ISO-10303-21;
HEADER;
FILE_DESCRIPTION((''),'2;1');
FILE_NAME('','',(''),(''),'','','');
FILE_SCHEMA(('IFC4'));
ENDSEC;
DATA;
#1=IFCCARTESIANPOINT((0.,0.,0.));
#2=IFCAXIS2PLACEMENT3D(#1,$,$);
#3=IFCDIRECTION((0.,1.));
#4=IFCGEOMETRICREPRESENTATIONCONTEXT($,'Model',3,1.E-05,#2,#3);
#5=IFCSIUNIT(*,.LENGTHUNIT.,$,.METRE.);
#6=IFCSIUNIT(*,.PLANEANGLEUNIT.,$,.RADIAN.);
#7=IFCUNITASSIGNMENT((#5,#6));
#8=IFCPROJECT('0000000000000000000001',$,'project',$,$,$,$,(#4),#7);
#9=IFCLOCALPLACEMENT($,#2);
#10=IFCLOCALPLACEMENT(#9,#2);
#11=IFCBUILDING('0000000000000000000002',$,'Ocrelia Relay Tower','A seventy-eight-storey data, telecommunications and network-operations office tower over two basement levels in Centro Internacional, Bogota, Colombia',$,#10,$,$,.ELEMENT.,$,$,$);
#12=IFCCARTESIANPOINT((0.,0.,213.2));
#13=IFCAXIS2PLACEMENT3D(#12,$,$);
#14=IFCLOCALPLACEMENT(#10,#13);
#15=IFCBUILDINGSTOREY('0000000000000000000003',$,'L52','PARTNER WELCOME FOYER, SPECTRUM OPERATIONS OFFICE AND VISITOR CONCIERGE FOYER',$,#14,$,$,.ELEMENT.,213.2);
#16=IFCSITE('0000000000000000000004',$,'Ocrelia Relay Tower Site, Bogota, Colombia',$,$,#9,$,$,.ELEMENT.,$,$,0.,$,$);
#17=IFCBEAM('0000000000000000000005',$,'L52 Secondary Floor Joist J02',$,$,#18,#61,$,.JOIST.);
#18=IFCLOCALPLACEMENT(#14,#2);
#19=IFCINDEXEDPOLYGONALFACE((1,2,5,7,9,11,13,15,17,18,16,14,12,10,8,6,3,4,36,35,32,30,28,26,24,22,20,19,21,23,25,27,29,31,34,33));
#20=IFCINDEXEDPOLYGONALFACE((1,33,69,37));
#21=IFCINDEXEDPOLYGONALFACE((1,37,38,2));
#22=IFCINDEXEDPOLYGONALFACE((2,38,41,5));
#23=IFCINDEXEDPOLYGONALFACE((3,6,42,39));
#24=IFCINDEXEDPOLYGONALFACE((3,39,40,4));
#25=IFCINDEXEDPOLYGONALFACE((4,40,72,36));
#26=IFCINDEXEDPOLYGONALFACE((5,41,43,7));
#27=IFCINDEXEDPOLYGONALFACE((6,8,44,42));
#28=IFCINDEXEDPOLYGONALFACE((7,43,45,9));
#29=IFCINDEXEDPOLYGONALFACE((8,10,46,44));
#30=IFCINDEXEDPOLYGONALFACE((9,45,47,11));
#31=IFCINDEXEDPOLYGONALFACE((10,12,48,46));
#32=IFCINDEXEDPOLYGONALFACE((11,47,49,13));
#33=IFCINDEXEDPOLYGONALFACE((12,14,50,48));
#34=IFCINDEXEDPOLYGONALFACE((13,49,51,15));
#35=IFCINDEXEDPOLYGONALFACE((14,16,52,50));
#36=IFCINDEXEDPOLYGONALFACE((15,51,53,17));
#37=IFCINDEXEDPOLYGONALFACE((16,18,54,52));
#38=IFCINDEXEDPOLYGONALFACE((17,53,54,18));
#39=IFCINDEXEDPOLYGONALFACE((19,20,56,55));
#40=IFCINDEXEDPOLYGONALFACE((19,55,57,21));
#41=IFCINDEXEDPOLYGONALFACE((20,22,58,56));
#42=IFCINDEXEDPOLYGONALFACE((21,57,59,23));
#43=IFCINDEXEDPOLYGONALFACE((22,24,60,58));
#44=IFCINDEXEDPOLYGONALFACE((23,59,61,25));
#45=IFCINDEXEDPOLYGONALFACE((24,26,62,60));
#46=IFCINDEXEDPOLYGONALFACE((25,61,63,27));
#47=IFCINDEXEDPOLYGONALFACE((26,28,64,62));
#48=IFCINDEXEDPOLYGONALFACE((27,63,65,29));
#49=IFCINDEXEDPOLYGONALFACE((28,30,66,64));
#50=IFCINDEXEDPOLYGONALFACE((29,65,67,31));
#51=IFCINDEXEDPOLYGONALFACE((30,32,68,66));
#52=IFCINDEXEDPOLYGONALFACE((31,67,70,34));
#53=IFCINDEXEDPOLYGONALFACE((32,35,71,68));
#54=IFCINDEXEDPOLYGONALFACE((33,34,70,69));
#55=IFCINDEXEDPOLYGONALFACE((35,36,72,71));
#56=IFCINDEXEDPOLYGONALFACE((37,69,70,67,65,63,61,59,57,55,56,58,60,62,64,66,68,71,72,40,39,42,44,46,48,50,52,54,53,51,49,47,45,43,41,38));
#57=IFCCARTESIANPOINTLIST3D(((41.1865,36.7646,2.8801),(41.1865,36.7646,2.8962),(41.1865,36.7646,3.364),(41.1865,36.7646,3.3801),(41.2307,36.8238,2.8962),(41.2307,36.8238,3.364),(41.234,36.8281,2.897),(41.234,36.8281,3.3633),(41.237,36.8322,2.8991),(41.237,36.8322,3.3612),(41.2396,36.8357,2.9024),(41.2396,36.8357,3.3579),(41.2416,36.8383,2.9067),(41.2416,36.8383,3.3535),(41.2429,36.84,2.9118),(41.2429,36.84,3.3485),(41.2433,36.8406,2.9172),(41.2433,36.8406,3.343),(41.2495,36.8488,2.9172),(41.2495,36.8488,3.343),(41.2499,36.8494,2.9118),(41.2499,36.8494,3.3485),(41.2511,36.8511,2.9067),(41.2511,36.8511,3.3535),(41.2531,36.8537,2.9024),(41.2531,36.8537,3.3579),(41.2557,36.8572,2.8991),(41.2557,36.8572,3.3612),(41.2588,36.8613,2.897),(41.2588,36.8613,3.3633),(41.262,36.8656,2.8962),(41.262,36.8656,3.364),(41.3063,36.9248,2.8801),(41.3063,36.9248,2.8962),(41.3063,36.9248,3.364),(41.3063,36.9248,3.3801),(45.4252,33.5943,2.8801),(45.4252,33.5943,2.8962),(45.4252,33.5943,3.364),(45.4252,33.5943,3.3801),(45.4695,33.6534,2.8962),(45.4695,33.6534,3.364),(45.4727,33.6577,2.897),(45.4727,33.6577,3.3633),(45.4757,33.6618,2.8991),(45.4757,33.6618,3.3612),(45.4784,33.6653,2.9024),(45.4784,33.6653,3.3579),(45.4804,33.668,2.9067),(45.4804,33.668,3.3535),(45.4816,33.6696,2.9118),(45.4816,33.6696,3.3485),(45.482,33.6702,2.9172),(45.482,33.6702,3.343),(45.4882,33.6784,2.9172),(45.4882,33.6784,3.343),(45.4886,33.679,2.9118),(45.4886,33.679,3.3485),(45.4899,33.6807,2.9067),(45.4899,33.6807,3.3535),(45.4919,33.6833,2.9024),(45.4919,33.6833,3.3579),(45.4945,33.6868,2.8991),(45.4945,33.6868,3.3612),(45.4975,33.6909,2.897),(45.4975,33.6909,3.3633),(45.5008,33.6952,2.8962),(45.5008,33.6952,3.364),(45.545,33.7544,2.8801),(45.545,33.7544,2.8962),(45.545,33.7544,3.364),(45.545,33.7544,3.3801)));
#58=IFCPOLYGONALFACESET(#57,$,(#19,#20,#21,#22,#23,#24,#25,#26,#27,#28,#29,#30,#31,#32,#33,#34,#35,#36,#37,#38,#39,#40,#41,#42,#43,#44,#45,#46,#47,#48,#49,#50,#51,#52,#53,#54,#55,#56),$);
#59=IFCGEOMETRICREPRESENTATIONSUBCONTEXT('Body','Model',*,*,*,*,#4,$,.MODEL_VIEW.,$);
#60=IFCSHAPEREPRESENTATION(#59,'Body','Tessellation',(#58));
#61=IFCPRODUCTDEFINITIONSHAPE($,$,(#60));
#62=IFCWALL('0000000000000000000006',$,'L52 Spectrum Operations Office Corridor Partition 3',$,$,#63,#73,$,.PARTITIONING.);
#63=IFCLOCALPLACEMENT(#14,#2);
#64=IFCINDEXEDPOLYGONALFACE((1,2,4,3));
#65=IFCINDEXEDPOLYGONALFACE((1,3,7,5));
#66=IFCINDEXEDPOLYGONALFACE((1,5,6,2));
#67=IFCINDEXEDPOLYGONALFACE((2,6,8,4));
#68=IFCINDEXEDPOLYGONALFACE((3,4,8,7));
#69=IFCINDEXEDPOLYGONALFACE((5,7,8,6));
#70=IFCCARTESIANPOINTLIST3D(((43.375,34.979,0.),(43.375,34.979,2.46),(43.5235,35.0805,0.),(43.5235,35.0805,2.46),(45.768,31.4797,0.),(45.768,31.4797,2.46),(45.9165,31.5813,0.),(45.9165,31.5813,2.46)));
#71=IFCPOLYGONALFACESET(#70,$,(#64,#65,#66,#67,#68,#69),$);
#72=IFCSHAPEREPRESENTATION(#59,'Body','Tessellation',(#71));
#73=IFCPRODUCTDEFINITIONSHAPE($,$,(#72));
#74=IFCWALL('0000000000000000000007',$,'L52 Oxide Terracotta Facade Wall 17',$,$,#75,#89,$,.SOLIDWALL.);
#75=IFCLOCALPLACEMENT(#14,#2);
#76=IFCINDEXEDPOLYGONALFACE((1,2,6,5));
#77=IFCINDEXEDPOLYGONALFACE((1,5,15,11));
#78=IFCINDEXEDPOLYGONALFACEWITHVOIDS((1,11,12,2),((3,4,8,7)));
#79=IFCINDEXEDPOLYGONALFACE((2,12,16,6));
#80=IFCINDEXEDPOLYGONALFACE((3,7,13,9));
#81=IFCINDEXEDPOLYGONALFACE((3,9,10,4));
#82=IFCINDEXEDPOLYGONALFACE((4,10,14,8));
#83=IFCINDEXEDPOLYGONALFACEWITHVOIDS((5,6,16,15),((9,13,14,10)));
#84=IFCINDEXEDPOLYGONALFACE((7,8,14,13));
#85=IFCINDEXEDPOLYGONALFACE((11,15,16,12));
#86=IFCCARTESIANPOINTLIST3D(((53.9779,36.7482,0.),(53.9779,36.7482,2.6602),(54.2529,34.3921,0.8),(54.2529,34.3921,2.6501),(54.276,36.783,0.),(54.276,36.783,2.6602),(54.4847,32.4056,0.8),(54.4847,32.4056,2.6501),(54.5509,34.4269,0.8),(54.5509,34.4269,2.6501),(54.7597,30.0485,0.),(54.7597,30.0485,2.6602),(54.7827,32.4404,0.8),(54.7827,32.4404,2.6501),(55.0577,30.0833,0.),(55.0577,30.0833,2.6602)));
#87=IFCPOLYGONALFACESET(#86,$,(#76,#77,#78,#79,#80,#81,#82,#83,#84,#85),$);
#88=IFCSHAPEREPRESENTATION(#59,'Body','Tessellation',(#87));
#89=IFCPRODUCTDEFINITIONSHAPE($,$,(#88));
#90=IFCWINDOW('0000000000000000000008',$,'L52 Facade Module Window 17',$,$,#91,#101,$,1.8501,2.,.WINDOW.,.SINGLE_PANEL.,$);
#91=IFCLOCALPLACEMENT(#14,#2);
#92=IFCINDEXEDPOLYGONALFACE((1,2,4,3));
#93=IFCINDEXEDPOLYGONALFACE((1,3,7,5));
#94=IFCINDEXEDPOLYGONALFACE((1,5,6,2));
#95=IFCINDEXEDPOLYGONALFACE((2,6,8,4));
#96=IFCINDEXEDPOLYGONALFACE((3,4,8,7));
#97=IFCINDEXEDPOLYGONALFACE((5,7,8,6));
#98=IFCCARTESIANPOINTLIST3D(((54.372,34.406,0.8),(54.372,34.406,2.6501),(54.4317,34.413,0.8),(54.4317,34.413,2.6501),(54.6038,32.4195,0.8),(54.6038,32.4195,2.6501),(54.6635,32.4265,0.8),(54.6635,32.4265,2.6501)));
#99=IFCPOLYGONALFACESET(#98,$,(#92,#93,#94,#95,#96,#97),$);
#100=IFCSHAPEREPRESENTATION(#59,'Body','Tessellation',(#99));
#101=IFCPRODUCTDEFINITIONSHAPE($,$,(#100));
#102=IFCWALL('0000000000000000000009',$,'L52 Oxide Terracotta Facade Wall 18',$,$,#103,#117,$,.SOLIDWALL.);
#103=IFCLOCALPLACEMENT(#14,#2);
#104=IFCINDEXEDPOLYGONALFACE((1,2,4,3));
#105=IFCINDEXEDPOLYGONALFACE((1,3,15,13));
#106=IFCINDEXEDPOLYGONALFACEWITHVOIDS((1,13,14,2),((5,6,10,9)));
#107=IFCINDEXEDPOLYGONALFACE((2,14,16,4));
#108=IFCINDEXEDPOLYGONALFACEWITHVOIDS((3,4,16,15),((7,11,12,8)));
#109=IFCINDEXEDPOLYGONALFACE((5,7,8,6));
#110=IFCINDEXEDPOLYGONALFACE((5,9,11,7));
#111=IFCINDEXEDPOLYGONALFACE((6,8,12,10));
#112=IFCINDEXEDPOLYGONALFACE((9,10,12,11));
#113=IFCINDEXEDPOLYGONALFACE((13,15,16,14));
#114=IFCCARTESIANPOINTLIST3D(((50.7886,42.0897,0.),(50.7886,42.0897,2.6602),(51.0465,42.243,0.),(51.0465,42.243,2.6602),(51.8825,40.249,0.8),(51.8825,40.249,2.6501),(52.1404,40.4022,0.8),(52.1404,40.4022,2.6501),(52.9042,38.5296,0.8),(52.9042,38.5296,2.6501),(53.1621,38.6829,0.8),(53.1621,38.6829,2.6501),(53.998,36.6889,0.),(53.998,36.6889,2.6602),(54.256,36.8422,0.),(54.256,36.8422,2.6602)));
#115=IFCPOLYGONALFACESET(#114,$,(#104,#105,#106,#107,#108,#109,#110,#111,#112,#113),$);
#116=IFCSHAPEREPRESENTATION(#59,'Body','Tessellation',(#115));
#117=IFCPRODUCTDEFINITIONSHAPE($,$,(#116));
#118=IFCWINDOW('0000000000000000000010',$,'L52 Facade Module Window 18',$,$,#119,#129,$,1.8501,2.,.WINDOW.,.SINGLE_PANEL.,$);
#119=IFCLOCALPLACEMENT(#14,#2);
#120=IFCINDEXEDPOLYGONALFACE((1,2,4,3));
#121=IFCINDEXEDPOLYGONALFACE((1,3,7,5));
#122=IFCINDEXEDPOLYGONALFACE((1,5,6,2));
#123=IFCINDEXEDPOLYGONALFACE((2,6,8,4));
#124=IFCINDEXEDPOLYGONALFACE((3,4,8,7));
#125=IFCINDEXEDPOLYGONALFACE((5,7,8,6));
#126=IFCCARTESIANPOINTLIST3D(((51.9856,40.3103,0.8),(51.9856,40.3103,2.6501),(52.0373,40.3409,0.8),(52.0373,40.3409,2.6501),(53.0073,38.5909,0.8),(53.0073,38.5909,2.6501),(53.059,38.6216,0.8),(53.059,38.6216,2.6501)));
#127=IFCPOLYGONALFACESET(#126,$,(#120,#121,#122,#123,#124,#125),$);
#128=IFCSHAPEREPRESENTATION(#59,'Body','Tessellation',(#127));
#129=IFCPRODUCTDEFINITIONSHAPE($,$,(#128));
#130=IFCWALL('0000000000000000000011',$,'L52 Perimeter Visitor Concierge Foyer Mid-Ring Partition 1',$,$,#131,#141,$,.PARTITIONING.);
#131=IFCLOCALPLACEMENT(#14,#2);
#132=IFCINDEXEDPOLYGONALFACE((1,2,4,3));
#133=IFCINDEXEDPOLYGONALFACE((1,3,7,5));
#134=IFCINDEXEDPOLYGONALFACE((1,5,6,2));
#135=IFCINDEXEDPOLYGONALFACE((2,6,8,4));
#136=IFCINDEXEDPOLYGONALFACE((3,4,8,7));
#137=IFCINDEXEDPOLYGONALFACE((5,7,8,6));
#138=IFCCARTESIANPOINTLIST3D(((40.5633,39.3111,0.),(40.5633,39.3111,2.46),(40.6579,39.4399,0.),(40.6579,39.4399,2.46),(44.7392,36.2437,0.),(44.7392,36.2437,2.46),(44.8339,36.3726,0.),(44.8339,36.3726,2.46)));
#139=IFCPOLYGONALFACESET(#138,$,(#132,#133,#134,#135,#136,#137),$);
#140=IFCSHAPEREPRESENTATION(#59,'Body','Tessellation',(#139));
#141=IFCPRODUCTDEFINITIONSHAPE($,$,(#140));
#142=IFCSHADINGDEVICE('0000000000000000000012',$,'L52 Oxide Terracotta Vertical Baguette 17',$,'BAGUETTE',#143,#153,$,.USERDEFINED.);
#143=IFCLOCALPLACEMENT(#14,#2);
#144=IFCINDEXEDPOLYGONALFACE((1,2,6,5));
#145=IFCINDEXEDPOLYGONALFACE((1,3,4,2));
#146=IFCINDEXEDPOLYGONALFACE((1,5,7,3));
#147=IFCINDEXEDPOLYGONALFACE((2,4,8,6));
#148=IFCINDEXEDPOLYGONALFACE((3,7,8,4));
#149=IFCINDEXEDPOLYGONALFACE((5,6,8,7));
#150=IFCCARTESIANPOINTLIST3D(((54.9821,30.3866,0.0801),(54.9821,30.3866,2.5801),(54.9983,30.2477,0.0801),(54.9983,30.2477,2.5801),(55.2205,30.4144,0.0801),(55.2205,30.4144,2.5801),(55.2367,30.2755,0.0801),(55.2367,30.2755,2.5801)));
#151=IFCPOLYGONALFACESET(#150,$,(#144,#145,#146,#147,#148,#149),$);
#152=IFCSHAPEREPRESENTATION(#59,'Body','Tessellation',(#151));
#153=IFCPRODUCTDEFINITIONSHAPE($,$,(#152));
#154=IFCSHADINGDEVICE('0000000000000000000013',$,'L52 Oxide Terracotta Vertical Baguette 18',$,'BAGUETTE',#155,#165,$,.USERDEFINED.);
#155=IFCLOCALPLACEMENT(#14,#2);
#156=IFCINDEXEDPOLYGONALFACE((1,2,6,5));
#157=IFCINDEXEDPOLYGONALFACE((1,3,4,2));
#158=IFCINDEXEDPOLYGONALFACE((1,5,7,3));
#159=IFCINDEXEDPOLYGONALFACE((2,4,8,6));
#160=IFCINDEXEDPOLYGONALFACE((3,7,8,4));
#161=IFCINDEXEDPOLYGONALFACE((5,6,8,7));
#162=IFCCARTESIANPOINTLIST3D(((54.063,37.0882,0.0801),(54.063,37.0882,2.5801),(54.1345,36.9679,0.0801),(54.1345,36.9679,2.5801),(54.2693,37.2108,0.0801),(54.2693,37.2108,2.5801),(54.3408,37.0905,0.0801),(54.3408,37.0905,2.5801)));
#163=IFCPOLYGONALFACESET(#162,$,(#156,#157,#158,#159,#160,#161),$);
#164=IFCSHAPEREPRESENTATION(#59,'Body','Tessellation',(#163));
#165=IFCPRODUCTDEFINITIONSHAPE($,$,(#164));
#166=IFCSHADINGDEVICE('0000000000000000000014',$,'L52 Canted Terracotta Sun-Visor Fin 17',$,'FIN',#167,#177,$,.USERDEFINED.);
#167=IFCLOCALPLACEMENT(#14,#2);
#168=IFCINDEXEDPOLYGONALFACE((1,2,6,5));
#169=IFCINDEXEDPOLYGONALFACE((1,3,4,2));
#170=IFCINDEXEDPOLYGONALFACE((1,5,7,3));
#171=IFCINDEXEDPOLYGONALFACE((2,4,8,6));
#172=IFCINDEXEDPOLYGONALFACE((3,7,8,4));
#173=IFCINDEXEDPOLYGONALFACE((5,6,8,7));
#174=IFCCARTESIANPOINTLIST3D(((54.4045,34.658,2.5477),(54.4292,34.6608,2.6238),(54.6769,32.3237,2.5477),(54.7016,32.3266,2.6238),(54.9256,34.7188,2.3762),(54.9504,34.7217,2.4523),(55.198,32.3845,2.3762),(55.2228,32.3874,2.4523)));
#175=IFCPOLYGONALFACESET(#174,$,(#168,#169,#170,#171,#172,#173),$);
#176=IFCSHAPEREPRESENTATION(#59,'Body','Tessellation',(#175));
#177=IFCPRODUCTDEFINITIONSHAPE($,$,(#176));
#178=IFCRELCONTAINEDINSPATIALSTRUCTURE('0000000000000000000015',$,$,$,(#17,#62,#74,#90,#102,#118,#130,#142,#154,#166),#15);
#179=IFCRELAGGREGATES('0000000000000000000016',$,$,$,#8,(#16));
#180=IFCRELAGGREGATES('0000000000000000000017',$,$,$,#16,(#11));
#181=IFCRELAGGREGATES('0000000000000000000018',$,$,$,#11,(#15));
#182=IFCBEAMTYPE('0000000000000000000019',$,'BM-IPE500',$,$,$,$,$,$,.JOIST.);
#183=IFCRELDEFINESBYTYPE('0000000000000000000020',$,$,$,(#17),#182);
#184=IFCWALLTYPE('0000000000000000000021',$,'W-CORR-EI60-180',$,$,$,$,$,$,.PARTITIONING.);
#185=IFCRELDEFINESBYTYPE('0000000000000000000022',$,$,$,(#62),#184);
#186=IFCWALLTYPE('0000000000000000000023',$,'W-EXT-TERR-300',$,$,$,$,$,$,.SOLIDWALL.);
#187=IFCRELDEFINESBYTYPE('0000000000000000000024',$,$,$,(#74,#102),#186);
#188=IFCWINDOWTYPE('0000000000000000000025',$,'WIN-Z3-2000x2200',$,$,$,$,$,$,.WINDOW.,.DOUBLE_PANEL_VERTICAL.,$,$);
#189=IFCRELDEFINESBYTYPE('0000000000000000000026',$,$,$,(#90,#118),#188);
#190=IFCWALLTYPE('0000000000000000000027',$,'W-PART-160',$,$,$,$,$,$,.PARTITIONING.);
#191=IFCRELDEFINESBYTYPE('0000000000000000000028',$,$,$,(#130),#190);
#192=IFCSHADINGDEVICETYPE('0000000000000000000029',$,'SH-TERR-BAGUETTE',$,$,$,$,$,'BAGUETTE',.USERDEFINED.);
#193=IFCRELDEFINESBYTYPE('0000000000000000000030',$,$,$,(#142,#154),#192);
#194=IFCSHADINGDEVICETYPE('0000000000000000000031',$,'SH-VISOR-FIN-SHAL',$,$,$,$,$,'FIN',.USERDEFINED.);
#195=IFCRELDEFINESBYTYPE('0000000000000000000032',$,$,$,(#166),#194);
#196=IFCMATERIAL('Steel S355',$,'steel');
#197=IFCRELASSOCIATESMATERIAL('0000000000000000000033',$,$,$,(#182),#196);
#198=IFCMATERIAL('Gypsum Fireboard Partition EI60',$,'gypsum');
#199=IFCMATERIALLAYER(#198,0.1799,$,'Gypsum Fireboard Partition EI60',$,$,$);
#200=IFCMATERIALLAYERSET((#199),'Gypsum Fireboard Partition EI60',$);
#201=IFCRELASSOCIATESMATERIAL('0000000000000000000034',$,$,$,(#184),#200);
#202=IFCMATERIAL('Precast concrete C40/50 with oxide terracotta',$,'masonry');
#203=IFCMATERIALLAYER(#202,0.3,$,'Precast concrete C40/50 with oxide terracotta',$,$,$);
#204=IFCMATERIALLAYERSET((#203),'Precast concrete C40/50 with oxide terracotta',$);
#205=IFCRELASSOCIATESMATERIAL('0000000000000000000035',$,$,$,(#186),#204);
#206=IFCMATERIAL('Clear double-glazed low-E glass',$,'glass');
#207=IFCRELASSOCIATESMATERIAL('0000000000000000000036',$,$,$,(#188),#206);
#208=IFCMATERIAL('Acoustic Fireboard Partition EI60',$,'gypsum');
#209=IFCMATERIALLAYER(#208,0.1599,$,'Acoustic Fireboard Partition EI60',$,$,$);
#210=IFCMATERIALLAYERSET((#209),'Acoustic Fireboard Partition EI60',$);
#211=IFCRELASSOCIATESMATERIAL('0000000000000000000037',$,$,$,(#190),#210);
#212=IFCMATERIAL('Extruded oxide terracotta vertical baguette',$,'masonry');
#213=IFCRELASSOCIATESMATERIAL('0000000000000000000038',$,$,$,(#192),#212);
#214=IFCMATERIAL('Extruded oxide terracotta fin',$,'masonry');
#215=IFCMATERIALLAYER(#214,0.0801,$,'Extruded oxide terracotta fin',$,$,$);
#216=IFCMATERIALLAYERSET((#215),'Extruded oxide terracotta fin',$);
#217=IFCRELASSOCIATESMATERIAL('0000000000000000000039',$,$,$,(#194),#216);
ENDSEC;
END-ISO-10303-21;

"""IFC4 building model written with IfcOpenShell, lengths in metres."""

from ifc_helpers import new_model, si_unit, direction, frame, frame_2d, origin, origin_2d, place, context, subcontext, project, spatial, rectangle, i_section, extrude, material, layer, layer_set, material_profile, profile_set, type_object, element, fill, save


model = new_model("IFC4")

# Units and contexts
model_context = context("Model", 3, precision=1e-05, world=origin(), true_north=direction((0.0, 1.0)))
body_context = subcontext(model_context, "Body", "Model", "MODEL_VIEW")
ifc_project = project(units=[si_unit("LENGTHUNIT", "METRE"), si_unit("PLANEANGLEUNIT", "RADIAN")], contexts=[model_context])

# Site, building, storey
site_placement = place(None, origin())
site = spatial("IfcSite", under=ifc_project, at=site_placement, Name="Ocrelia Relay Tower Site, Bogota, Colombia", CompositionType="ELEMENT", RefElevation=0.0)
building_placement = place(site_placement, origin())
building = spatial("IfcBuilding", under=site, at=building_placement, Name="Ocrelia Relay Tower", Description="A seventy-eight-storey data, telecommunications and network-operations office tower over two basement levels in Centro Internacional, Bogota, Colombia", CompositionType="ELEMENT")
storey_placement = place(building_placement, frame((0.0, 0.0, 213.2)))
storey = spatial("IfcBuildingStorey", under=building, at=storey_placement, Name="L52", Description="PARTNER WELCOME FOYER, SPECTRUM OPERATIONS OFFICE AND VISITOR CONCIERGE FOYER", CompositionType="ELEMENT", Elevation=213.2)

# Beam
ifc_material_1 = material(Name="Steel S355", Category="steel")
ifc_material_profile_1 = material_profile(ifc_material_1, i_section(OverallWidth=0.2, OverallDepth=0.5, WebThickness=0.0103, FlangeThickness=0.0161, FilletRadius=0.021, at=origin_2d()), Name="IPE 500")
ifc_profile_set_1 = profile_set([ifc_material_profile_1], Name="Steel S355")
beam_type_1 = type_object("IfcBeamType", Name="BM-IPE500", PredefinedType="JOIST", material=ifc_profile_set_1)
beam_1_placement = place(storey_placement, frame((45.4851, 33.6743, 3.1301), z_axis=(-0.800785, 0.598952, 0.0), x_axis=(-0.598952, -0.800785, 0.0)))
element("IfcBeam", 1, at=beam_1_placement, inside=storey, type_object=beam_type_1, Name="L52 Secondary Floor Joist J02", PredefinedType="JOIST", context=body_context, shape_type="SweptSolid", body=[
    extrude(i_section(OverallWidth=0.2, OverallDepth=0.5, WebThickness=0.0103, FlangeThickness=0.0161, FilletRadius=0.021, at=origin_2d()), origin(), (0.0, 0.0, 1.0), 5.2932),
])

# Wall
ifc_material_2 = material(Name="Gypsum Fireboard Partition EI60", Category="gypsum")
ifc_layer_1 = layer(ifc_material_2, 0.1799, Name="Gypsum Fireboard Partition EI60")
ifc_layer_set_1 = layer_set([ifc_layer_1], Name="Gypsum Fireboard Partition EI60")
wall_type_1 = type_object("IfcWallType", Name="W-CORR-EI60-180", PredefinedType="PARTITIONING", material=ifc_layer_set_1)
wall_1_placement = place(storey_placement, frame((45.8423, 31.5305, 0.0), z_axis=(0.0, 0.0, 1.0), x_axis=(-0.564496, 0.825436, 0.0)))
element("IfcWall", 2, at=wall_1_placement, inside=storey, type_object=wall_type_1, Name="L52 Spectrum Operations Office Corridor Partition 3", PredefinedType="PARTITIONING", context=body_context, shape_type="SweptSolid", body=[
    extrude(rectangle(XDim=4.2393, YDim=0.1799, at=frame_2d((2.1196, 0.0))), origin(), (0.0, 0.0, 1.0), 2.46),
])

# Walls, openings, windows
ifc_material_3 = material(Name="Precast concrete C40/50 with oxide terracotta", Category="masonry")
ifc_layer_2 = layer(ifc_material_3, 0.3, Name="Precast concrete C40/50 with oxide terracotta")
ifc_layer_set_2 = layer_set([ifc_layer_2], Name="Precast concrete C40/50 with oxide terracotta")
wall_type_2 = type_object("IfcWallType", Name="W-EXT-TERR-300", PredefinedType="SOLIDWALL", material=ifc_layer_set_2)
wall_2_placement = place(storey_placement, frame((54.9087, 30.0659, 0.0), z_axis=(0.0, 0.0, 1.0), x_axis=(-0.115896, 0.993261, 0.0)))
wall_2 = element("IfcWall", 3, at=wall_2_placement, inside=storey, type_object=wall_type_2, Name="L52 Oxide Terracotta Facade Wall 17", PredefinedType="SOLIDWALL", context=body_context, shape_type="SweptSolid", body=[
    extrude(rectangle(XDim=6.7451, YDim=0.3, at=frame_2d((3.3726, 0.0))), origin(), (0.0, 0.0, 1.0), 2.6602),
])
opening_1_placement = place(wall_2_placement, frame((2.373, 0.0, 0.8)))
opening_1 = element("IfcOpeningElement", 4, at=opening_1_placement, cuts=wall_2, PredefinedType="OPENING", context=body_context, shape_type="SweptSolid", body=[
    extrude(rectangle(XDim=2.0, YDim=1.8501, at=frame_2d((1.0, 0.925))), frame((0.0, 0.1602, 0.0), z_axis=(0.0, -1.0, 0.0), x_axis=(1.0, 0.0, 0.0)), (0.0, 0.0, 1.0), 0.3201),
])
ifc_material_4 = material(Name="Clear double-glazed low-E glass", Category="glass")
window_type = type_object("IfcWindowType", Name="WIN-Z3-2000x2200", PartitioningType="DOUBLE_PANEL_VERTICAL", PredefinedType="WINDOW", material=ifc_material_4)
window_1_placement = place(opening_1_placement, origin())
window_1 = element("IfcWindow", 5, at=window_1_placement, inside=storey, type_object=window_type, Name="L52 Facade Module Window 17", OverallHeight=1.8501, OverallWidth=2.0, PartitioningType="SINGLE_PANEL", PredefinedType="WINDOW", context=body_context, shape_type="SweptSolid", body=[
    extrude(rectangle(XDim=2.0, YDim=1.8501, at=frame_2d((1.0, 0.925))), frame((0.0, 0.03, 0.0), z_axis=(0.0, -1.0, 0.0), x_axis=(1.0, 0.0, 0.0)), (0.0, 0.0, 1.0), 0.0601),
])
fill(opening_1, window_1)
wall_3_placement = place(storey_placement, frame((54.127, 36.7656, 0.0), z_axis=(0.0, 0.0, 1.0), x_axis=(-0.510857, 0.859666, 0.0)))
wall_3 = element("IfcWall", 6, at=wall_3_placement, inside=storey, type_object=wall_type_2, Name="L52 Oxide Terracotta Facade Wall 18", PredefinedType="SOLIDWALL", context=body_context, shape_type="SweptSolid", body=[
    extrude(rectangle(XDim=6.2825, YDim=0.3, at=frame_2d((3.1411, 0.0))), origin(), (0.0, 0.0, 1.0), 2.6602),
])
opening_2_placement = place(wall_3_placement, frame((2.1411, 0.0, 0.8)))
opening_2 = element("IfcOpeningElement", 7, at=opening_2_placement, cuts=wall_3, PredefinedType="OPENING", context=body_context, shape_type="SweptSolid", body=[
    extrude(rectangle(XDim=2.0, YDim=1.8501, at=frame_2d((1.0, 0.925))), frame((0.0, 0.1602, 0.0), z_axis=(0.0, -1.0, 0.0), x_axis=(1.0, 0.0, 0.0)), (0.0, 0.0, 1.0), 0.3201),
])
window_2_placement = place(opening_2_placement, origin())
window_2 = element("IfcWindow", 8, at=window_2_placement, inside=storey, type_object=window_type, Name="L52 Facade Module Window 18", OverallHeight=1.8501, OverallWidth=2.0, PartitioningType="SINGLE_PANEL", PredefinedType="WINDOW", context=body_context, shape_type="SweptSolid", body=[
    extrude(rectangle(XDim=2.0, YDim=1.8501, at=frame_2d((1.0, 0.925))), frame((0.0, 0.03, 0.0), z_axis=(0.0, -1.0, 0.0), x_axis=(1.0, 0.0, 0.0)), (0.0, 0.0, 1.0), 0.0601),
])
fill(opening_2, window_2)

# Wall
ifc_material_5 = material(Name="Acoustic Fireboard Partition EI60", Category="gypsum")
ifc_layer_3 = layer(ifc_material_5, 0.1599, Name="Acoustic Fireboard Partition EI60")
ifc_layer_set_3 = layer_set([ifc_layer_3], Name="Acoustic Fireboard Partition EI60")
wall_type_3 = type_object("IfcWallType", Name="W-PART-160", PredefinedType="PARTITIONING", material=ifc_layer_set_3)
wall_4_placement = place(storey_placement, frame((44.7866, 36.3081, 0.0), z_axis=(0.0, 0.0, 1.0), x_axis=(-0.805948, 0.591987, 0.0)))
element("IfcWall", 9, at=wall_4_placement, inside=storey, type_object=wall_type_3, Name="L52 Perimeter Visitor Concierge Foyer Mid-Ring Partition 1", PredefinedType="PARTITIONING", context=body_context, shape_type="SweptSolid", body=[
    extrude(rectangle(XDim=5.1814, YDim=0.1599, at=frame_2d((2.5908, 0.0))), origin(), (0.0, 0.0, 1.0), 2.46),
])

# Shading devices
ifc_material_6 = material(Name="Extruded oxide terracotta vertical baguette", Category="masonry")
shading_device_type_1 = type_object("IfcShadingDeviceType", Name="SH-TERR-BAGUETTE", ElementType="BAGUETTE", PredefinedType="USERDEFINED", material=ifc_material_6)
for number, where, z_axis, x_axis, name in (
    (10, (55.1094, 30.3311, 0.0801), (0.0, 0.0, 1.0), (-0.115907, 0.99326, 0.0), "L52 Oxide Terracotta Vertical Baguette 17"),
    (11, (54.2019, 37.0894, 0.0801), (0.0, 0.0, 1.0), (-0.510851, 0.859669, 0.0), "L52 Oxide Terracotta Vertical Baguette 18"),
):
    element("IfcShadingDevice", number, at=place(storey_placement, frame(where, z_axis=z_axis, x_axis=x_axis)), inside=storey, type_object=shading_device_type_1, Name=name, ObjectType="BAGUETTE", PredefinedType="USERDEFINED", context=body_context, shape_type="SweptSolid", body=[
        extrude(rectangle(XDim=0.1399, YDim=0.24, at=origin_2d()), origin(), (0.0, 0.0, 1.0), 2.5),
    ])
ifc_material_7 = material(Name="Extruded oxide terracotta fin", Category="masonry")
ifc_layer_4 = layer(ifc_material_7, 0.0801, Name="Extruded oxide terracotta fin")
ifc_layer_set_4 = layer_set([ifc_layer_4], Name="Extruded oxide terracotta fin")
shading_device_type_2 = type_object("IfcShadingDeviceType", Name="SH-VISOR-FIN-SHAL", ElementType="FIN", PredefinedType="USERDEFINED", material=ifc_layer_set_4)
shading_device_placement = place(storey_placement, frame((54.8013, 33.5212, 2.4619), z_axis=(0.308582, 0.03601, 0.950516), x_axis=(-0.115907, 0.99326, 0.0)))
element("IfcShadingDevice", 12, at=shading_device_placement, inside=storey, type_object=shading_device_type_2, Name="L52 Canted Terracotta Sun-Visor Fin 17", ObjectType="FIN", PredefinedType="USERDEFINED", context=body_context, shape_type="SweptSolid", body=[
    extrude(rectangle(XDim=2.3501, YDim=0.552, at=origin_2d()), origin(), (0.0, 0.0, 1.0), 0.0801),
])

save(model, "model.ifc")
